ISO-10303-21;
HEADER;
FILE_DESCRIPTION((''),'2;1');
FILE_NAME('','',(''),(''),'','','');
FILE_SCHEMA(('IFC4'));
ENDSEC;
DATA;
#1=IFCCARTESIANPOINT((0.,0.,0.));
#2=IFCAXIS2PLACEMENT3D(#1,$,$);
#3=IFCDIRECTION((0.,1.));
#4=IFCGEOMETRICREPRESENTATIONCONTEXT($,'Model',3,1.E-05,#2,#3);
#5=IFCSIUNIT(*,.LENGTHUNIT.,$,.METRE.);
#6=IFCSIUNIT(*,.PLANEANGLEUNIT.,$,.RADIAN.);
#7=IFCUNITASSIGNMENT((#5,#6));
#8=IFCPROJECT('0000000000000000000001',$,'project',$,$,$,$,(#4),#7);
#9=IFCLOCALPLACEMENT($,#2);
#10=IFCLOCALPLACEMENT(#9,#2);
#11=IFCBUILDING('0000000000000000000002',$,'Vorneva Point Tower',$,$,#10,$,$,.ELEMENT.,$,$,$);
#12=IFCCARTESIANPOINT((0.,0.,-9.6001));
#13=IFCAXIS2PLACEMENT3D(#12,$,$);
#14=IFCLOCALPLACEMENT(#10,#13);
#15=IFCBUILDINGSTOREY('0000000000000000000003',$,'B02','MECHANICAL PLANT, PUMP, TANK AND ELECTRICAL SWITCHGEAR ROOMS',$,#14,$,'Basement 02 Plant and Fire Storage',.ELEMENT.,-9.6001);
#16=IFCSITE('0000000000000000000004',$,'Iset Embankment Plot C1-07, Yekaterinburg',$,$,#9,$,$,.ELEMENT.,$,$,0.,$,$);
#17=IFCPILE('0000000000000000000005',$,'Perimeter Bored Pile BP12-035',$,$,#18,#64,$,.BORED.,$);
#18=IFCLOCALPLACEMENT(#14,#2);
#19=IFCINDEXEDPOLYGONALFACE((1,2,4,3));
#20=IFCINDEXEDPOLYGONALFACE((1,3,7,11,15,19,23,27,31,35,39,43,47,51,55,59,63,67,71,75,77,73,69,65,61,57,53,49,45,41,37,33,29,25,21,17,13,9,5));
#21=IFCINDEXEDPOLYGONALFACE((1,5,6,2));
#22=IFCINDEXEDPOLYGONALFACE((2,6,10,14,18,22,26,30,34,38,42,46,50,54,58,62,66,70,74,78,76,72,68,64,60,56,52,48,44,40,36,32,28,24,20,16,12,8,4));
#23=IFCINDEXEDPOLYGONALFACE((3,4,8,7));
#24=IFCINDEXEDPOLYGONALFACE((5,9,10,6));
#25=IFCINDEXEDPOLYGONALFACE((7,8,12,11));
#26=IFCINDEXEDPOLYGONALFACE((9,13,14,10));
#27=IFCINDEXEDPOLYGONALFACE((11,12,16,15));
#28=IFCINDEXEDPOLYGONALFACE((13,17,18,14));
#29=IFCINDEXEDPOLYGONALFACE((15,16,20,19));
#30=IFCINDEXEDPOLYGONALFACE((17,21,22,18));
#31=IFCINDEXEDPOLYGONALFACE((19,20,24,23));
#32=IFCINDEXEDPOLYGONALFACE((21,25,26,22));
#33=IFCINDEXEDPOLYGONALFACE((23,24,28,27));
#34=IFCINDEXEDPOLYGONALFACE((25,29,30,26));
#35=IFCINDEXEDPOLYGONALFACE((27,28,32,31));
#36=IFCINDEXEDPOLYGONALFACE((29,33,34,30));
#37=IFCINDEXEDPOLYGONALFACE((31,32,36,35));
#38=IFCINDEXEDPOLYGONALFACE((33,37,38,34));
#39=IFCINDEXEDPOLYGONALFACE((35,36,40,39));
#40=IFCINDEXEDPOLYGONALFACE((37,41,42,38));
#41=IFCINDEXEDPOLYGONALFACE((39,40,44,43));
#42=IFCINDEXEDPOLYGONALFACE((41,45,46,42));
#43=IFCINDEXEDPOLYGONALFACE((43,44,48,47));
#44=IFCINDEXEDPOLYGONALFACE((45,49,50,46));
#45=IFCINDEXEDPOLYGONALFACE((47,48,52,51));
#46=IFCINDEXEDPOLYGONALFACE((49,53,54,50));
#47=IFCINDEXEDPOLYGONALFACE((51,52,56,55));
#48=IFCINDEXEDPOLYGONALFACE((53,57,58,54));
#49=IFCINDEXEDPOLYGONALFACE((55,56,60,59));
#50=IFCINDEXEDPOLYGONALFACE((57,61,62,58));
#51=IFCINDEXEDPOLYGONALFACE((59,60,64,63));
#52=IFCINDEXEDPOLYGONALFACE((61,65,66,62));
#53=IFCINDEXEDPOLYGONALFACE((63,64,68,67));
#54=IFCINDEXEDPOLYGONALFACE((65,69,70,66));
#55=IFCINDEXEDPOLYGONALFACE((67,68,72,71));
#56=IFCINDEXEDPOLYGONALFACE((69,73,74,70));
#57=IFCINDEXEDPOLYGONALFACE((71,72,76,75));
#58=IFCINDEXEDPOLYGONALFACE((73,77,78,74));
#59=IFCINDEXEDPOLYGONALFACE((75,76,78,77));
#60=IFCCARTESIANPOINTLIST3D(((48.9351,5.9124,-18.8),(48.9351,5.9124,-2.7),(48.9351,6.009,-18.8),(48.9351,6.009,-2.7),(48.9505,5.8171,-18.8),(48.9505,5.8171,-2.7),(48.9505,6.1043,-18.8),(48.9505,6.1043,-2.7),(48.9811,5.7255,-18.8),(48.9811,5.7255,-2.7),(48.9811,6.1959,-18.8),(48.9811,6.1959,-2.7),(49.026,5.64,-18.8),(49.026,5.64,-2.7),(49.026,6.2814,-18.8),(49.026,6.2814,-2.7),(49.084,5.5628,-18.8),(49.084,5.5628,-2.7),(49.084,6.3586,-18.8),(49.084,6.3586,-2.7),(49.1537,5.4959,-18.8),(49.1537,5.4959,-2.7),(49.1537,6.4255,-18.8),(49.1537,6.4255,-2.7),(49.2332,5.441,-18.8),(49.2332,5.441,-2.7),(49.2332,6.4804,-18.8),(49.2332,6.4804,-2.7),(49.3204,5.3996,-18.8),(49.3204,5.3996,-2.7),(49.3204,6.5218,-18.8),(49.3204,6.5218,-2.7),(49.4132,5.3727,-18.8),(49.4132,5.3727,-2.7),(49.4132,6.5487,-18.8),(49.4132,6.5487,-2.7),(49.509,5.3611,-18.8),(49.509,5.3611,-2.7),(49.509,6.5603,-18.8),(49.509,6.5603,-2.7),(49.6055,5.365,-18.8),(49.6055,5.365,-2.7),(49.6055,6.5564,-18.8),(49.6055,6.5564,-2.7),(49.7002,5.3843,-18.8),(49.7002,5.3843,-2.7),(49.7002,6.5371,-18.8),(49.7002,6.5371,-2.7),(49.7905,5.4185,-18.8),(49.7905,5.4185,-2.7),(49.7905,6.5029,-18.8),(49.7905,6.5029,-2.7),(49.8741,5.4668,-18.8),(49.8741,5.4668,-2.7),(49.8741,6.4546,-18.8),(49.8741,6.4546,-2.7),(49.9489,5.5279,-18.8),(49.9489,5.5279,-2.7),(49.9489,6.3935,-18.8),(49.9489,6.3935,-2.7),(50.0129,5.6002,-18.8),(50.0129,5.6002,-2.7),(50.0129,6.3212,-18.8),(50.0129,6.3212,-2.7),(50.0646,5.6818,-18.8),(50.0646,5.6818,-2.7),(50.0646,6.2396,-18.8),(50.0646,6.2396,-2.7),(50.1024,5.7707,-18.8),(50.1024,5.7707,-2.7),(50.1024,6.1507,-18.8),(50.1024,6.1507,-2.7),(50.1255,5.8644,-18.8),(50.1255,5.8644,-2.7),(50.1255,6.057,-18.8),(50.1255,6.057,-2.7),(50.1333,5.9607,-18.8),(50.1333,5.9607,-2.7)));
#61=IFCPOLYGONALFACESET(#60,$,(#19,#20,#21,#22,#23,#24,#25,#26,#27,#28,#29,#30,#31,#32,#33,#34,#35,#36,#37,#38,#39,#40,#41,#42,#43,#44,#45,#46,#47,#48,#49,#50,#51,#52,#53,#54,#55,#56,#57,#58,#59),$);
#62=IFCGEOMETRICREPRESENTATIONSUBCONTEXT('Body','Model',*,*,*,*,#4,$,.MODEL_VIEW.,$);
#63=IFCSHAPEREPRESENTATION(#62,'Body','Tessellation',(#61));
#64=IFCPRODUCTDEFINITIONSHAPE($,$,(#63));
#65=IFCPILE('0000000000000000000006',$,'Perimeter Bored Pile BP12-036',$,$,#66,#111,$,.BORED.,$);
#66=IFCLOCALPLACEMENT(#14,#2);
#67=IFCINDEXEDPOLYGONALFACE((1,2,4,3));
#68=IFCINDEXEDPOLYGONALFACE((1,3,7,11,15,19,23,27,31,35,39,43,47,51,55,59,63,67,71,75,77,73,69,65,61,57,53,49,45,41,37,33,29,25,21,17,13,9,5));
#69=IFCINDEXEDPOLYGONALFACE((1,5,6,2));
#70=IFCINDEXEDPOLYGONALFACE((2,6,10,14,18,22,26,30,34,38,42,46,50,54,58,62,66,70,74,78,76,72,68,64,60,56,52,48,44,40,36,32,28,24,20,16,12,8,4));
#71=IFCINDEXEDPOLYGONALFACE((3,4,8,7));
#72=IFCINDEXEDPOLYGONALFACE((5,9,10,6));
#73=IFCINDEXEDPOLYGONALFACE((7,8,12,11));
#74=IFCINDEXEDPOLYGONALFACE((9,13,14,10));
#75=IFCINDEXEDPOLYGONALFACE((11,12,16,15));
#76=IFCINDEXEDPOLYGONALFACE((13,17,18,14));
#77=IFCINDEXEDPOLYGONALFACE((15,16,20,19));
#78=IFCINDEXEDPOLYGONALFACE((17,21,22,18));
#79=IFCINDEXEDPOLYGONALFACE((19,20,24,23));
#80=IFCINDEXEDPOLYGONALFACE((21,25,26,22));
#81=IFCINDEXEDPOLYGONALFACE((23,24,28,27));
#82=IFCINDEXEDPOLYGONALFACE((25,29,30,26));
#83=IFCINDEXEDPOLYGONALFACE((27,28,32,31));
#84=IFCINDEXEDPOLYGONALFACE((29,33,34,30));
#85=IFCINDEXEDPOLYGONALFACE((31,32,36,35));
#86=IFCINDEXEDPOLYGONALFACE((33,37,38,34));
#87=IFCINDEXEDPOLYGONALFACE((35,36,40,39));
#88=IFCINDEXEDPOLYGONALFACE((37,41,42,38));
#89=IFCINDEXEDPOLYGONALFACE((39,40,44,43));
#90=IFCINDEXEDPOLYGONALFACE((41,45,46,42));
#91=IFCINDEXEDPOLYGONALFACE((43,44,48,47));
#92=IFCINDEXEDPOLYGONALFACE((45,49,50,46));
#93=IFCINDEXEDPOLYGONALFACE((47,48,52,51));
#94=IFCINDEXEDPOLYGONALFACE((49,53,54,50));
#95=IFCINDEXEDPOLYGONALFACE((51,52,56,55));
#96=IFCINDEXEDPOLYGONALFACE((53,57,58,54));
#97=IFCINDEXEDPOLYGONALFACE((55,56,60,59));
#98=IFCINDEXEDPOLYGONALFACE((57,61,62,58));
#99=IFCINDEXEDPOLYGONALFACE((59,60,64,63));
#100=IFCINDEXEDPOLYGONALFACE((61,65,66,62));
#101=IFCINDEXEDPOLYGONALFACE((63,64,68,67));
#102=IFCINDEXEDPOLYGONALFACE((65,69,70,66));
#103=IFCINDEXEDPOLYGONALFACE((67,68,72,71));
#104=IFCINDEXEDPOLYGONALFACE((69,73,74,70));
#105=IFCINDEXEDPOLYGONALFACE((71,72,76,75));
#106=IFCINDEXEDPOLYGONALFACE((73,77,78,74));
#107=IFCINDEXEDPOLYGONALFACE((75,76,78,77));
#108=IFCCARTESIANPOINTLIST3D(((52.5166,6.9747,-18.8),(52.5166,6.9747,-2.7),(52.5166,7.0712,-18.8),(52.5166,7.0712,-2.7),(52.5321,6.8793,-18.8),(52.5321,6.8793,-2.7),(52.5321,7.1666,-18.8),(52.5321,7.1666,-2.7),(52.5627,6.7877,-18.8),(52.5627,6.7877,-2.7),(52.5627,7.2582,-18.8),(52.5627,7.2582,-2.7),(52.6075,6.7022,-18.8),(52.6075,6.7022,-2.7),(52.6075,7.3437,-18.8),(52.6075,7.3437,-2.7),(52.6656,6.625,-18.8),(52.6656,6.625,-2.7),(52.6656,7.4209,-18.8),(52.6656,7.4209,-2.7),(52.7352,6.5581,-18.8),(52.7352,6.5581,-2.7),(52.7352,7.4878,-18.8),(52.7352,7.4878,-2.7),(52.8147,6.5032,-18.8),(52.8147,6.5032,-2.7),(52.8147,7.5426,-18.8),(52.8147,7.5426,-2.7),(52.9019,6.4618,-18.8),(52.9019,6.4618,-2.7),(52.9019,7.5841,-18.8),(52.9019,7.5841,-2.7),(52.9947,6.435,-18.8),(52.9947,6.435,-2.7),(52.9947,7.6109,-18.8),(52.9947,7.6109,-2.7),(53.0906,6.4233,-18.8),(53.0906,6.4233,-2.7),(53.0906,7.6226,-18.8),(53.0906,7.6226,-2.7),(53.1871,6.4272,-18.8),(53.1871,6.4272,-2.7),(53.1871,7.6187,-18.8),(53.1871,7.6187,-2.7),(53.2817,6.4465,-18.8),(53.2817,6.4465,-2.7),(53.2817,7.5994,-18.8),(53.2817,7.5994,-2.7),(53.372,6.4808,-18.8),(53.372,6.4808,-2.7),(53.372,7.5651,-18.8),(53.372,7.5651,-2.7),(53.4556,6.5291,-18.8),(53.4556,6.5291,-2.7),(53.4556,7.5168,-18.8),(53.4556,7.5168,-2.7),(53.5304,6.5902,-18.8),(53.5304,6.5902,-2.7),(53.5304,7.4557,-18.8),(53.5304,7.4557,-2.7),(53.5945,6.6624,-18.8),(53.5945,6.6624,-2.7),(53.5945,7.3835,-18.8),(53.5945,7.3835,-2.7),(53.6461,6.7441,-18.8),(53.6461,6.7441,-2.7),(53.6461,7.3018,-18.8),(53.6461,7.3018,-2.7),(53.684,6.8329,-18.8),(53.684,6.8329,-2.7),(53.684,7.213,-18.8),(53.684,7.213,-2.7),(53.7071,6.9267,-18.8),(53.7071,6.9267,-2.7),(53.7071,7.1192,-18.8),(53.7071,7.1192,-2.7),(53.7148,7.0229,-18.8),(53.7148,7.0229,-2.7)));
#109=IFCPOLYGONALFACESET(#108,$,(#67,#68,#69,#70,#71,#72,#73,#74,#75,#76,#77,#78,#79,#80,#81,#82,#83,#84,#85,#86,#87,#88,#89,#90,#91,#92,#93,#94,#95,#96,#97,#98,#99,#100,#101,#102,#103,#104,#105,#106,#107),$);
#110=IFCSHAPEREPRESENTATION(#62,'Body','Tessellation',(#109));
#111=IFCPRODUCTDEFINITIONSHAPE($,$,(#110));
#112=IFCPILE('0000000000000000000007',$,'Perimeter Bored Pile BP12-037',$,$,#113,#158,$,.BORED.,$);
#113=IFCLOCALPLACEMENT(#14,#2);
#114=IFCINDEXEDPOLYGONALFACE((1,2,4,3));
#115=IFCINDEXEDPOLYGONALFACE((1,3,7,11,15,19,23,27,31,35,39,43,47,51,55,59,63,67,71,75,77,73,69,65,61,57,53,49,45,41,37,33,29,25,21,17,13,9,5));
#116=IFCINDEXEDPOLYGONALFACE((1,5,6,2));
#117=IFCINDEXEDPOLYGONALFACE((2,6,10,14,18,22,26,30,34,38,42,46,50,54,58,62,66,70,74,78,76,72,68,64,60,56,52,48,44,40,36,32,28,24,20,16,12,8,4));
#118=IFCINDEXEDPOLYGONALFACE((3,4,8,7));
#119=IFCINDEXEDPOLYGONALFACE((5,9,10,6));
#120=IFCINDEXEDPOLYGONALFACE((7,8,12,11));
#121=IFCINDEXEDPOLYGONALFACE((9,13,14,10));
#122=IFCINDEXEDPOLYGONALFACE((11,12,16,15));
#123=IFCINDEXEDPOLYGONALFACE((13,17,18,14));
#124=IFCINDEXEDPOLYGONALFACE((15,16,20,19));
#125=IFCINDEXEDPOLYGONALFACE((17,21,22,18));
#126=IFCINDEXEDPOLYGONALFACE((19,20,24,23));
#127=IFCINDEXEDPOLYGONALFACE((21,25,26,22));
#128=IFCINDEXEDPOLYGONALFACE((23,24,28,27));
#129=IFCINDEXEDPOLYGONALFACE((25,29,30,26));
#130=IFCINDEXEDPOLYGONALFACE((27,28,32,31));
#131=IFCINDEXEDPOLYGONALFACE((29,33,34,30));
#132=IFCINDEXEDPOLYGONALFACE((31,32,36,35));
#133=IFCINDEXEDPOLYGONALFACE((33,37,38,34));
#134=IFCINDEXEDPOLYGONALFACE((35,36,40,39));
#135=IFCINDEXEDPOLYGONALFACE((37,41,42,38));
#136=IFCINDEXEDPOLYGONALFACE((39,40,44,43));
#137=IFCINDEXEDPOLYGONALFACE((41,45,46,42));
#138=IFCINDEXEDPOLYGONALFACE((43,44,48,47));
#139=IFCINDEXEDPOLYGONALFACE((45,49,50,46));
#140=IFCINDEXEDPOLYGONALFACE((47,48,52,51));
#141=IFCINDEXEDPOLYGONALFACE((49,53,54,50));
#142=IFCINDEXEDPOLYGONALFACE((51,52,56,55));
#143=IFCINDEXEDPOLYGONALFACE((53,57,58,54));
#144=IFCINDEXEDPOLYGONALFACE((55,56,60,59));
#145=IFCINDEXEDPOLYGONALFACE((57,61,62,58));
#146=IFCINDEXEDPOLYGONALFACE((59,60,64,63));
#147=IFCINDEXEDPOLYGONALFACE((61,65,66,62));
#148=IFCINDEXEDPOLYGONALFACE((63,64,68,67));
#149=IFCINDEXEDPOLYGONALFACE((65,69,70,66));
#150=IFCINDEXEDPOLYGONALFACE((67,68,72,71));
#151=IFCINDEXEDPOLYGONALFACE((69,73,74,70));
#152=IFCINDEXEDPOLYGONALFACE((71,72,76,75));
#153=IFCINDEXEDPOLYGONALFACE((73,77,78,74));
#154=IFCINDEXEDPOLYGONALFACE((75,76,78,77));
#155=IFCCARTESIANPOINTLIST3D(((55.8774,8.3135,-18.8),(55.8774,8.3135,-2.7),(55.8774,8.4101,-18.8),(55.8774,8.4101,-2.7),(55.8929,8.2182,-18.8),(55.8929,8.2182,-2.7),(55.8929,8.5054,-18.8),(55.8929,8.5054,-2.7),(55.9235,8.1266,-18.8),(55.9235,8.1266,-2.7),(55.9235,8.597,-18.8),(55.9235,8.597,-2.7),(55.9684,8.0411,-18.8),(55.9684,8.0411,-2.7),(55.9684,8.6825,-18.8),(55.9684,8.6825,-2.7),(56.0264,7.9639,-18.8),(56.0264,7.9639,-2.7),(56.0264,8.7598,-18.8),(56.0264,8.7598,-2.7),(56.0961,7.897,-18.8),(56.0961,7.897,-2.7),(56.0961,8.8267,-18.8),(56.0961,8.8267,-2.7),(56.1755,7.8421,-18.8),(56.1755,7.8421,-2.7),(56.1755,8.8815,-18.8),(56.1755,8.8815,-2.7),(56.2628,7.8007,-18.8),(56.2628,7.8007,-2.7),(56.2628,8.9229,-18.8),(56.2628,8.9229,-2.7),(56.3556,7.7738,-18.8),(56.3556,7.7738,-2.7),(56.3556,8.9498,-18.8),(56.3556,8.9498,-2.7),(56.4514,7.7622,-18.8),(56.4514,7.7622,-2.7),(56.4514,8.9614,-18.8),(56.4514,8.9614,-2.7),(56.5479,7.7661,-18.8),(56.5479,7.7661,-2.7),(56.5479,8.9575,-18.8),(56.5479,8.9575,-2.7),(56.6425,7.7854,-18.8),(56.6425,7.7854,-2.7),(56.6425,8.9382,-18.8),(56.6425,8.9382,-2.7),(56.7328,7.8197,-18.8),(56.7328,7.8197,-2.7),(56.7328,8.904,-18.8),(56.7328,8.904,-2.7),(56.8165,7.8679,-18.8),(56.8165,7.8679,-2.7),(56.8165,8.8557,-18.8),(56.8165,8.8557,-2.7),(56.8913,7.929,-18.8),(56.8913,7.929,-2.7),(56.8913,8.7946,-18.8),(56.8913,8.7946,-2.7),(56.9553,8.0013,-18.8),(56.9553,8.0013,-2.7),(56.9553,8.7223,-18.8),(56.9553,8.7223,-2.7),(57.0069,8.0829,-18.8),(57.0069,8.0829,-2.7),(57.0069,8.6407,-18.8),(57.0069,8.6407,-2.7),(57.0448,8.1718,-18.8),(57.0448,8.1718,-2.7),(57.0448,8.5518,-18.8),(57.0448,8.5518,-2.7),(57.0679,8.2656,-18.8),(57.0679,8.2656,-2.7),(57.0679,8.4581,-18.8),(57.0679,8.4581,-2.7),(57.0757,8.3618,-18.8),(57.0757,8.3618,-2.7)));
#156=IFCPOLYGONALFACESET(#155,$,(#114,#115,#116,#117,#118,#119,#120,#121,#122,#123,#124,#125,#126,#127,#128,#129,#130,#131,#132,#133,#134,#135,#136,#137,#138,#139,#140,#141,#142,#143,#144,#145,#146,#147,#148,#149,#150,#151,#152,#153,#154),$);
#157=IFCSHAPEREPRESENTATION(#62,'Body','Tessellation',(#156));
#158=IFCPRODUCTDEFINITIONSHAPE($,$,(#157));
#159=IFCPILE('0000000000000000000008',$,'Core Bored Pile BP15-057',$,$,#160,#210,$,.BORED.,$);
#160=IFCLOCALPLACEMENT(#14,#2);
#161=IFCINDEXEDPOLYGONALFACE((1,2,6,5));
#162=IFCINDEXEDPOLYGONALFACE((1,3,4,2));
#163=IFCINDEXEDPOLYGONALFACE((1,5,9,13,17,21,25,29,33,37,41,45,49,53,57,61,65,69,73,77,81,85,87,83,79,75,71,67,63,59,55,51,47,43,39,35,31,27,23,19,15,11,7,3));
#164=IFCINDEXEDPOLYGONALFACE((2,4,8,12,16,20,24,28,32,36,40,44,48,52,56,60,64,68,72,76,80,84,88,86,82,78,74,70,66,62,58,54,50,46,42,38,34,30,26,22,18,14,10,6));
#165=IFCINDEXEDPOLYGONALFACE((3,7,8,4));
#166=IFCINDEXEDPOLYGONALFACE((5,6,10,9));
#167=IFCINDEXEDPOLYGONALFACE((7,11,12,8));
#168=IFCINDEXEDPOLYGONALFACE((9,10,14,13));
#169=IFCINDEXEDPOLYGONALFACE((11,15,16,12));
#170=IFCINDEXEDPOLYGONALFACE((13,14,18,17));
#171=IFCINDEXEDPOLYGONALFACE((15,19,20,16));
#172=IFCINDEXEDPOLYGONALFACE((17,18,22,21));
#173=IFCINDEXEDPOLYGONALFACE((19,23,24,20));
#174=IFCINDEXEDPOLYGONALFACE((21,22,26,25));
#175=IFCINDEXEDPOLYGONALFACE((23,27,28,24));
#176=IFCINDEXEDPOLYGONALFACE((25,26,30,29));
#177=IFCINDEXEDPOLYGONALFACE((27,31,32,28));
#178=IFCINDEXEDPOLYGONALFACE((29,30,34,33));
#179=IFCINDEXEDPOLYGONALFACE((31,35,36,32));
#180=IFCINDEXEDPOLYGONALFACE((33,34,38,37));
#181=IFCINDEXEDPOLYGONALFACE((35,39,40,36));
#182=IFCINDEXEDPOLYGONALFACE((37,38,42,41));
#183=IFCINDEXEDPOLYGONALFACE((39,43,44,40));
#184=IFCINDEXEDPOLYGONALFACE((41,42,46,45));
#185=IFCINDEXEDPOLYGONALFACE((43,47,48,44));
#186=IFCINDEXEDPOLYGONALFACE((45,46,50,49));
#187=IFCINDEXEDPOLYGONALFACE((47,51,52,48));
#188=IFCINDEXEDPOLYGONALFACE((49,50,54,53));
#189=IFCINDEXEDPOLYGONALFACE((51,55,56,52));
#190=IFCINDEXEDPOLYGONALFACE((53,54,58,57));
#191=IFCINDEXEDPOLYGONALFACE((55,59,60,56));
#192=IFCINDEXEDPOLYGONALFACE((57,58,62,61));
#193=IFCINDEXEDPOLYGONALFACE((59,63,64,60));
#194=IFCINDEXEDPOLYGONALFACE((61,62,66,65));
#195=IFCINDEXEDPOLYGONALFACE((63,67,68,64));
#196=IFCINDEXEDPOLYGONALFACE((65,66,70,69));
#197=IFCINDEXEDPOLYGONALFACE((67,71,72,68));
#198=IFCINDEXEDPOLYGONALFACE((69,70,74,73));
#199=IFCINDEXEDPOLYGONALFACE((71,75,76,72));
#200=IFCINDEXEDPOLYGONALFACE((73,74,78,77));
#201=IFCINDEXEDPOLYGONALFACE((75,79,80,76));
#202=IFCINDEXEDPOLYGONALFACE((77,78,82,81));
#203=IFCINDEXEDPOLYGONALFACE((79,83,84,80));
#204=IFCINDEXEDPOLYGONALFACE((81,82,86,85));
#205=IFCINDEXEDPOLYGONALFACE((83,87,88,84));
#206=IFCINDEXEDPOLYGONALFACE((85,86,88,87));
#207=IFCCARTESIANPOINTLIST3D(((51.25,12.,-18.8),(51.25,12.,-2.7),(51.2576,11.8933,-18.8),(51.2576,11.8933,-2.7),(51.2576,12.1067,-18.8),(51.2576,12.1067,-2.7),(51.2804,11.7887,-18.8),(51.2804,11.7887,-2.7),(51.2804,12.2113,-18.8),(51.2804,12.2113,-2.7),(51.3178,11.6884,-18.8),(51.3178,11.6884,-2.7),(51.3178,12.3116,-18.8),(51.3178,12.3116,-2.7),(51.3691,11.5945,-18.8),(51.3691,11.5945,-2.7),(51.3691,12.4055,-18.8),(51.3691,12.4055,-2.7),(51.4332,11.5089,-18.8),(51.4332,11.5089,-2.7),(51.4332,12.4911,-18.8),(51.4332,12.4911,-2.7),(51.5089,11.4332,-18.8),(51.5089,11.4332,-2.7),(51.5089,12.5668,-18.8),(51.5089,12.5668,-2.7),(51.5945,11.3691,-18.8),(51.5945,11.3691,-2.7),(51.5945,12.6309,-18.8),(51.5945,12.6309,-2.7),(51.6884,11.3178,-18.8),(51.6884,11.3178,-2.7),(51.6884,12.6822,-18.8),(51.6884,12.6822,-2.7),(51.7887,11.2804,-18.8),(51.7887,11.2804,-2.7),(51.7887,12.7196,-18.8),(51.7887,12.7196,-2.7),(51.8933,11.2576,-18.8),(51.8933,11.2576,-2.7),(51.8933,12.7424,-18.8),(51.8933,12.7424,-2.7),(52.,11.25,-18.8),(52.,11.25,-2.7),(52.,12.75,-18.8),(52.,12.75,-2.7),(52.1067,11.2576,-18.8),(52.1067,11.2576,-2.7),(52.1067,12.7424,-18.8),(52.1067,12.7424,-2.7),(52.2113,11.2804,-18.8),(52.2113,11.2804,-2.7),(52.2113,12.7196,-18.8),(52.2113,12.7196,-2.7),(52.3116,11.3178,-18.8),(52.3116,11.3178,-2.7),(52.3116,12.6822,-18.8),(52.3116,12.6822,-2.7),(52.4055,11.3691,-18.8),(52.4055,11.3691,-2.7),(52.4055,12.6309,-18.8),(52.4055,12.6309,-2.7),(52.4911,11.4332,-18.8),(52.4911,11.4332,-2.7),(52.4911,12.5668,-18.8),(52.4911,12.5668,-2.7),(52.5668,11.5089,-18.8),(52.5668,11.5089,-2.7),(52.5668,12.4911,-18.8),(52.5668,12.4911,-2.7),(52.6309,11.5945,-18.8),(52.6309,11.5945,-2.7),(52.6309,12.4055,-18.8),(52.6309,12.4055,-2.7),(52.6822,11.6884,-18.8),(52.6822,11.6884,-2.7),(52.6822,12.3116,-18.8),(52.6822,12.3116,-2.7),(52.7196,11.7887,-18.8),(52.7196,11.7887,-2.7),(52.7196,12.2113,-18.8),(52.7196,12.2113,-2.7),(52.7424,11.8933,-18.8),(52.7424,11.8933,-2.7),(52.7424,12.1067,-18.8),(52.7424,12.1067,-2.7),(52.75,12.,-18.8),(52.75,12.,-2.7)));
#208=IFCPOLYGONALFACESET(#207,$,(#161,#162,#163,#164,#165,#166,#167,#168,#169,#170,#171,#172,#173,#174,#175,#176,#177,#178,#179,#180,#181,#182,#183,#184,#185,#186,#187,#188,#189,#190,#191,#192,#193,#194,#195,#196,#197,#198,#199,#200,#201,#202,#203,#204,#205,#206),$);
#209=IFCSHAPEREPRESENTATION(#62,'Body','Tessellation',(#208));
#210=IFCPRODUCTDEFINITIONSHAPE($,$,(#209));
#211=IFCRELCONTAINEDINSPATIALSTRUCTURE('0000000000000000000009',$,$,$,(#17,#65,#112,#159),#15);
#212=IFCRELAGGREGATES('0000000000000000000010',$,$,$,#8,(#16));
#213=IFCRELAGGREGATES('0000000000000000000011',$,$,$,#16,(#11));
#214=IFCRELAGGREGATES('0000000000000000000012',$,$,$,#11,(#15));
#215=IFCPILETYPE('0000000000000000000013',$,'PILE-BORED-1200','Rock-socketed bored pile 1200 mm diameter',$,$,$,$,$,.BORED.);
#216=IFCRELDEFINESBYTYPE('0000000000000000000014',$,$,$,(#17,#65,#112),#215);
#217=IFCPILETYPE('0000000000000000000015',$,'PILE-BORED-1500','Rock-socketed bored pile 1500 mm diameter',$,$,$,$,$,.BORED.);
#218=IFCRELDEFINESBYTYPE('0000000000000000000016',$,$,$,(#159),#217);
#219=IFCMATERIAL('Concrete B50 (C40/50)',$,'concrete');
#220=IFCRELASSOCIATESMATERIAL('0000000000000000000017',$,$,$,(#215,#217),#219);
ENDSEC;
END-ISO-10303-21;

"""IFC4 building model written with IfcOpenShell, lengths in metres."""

from ifc_helpers import new_model, si_unit, direction, frame, origin, origin_2d, place, context, subcontext, project, spatial, circle, extrude, material, material_profile, profile_set, type_object, element, save


model = new_model("IFC4")

# Units and contexts
model_context = context("Model", 3, precision=1e-05, world=origin(), true_north=direction((0.0, 1.0)))
body_context = subcontext(model_context, "Body", "Model", "MODEL_VIEW")
ifc_project = project(units=[si_unit("LENGTHUNIT", "METRE"), si_unit("PLANEANGLEUNIT", "RADIAN")], contexts=[model_context])

# Site, building, storey
site_placement = place(None, origin())
site = spatial("IfcSite", under=ifc_project, at=site_placement, Name="Iset Embankment Plot C1-07, Yekaterinburg", CompositionType="ELEMENT", RefElevation=0.0)
building_placement = place(site_placement, origin())
building = spatial("IfcBuilding", under=site, at=building_placement, Name="Vorneva Point Tower", CompositionType="ELEMENT")
storey_placement = place(building_placement, frame((0.0, 0.0, -9.6001)))
storey = spatial("IfcBuildingStorey", under=building, at=storey_placement, Name="B02", Description="MECHANICAL PLANT, PUMP, TANK AND ELECTRICAL SWITCHGEAR ROOMS", LongName="Basement 02 Plant and Fire Storage", CompositionType="ELEMENT", Elevation=-9.6001)

# Piles
ifc_material_1 = material(Name="Concrete B50 (C40/50)", Category="concrete")
ifc_material_profile_1 = material_profile(ifc_material_1, circle(Radius=0.6001, at=origin_2d()), Name="PILE-1200")
ifc_profile_set_1 = profile_set([ifc_material_profile_1], Name="Concrete B50 (C40/50)")
pile_type_1 = type_object("IfcPileType", Name="PILE-BORED-1200", Description="Rock-socketed bored pile 1200 mm diameter", PredefinedType="BORED", material=ifc_profile_set_1)
for number, where, z_axis, x_axis, name in (
    (1, (49.5332, 5.9607, -2.7), (0.0, 0.0, -1.0), (1.0, 0.0, 0.0), "Perimeter Bored Pile BP12-035"),
    (2, (53.1147, 7.0229, -2.7), (0.0, 0.0, -1.0), (1.0, 0.0, 0.0), "Perimeter Bored Pile BP12-036"),
    (3, (56.4756, 8.3618, -2.7), (0.0, 0.0, -1.0), (1.0, 0.0, 0.0), "Perimeter Bored Pile BP12-037"),
):
    element("IfcPile", number, at=place(storey_placement, frame(where, z_axis=z_axis, x_axis=x_axis)), inside=storey, type_object=pile_type_1, Name=name, PredefinedType="BORED", context=body_context, shape_type="SweptSolid", body=[
        extrude(circle(Radius=0.6001, at=origin_2d()), origin(), (0.0, 0.0, 1.0), 16.1001),
    ])
ifc_material_profile_2 = material_profile(ifc_material_1, circle(Radius=0.75, at=origin_2d()), Name="PILE-1500")
ifc_profile_set_2 = profile_set([ifc_material_profile_2], Name="Concrete B50 (C40/50)")
pile_type_2 = type_object("IfcPileType", Name="PILE-BORED-1500", Description="Rock-socketed bored pile 1500 mm diameter", PredefinedType="BORED", material=ifc_profile_set_2)
for number, where, z_axis, x_axis, name in (
    (4, (52.0, 12.0, -2.7), (0.0, 0.0, -1.0), (1.0, 0.0, 0.0), "Core Bored Pile BP15-057"),
):
    element("IfcPile", number, at=place(storey_placement, frame(where, z_axis=z_axis, x_axis=x_axis)), inside=storey, type_object=pile_type_2, Name=name, PredefinedType="BORED", context=body_context, shape_type="SweptSolid", body=[
        extrude(circle(Radius=0.75, at=origin_2d()), origin(), (0.0, 0.0, 1.0), 16.1001),
    ])

save(model, "model.ifc")
